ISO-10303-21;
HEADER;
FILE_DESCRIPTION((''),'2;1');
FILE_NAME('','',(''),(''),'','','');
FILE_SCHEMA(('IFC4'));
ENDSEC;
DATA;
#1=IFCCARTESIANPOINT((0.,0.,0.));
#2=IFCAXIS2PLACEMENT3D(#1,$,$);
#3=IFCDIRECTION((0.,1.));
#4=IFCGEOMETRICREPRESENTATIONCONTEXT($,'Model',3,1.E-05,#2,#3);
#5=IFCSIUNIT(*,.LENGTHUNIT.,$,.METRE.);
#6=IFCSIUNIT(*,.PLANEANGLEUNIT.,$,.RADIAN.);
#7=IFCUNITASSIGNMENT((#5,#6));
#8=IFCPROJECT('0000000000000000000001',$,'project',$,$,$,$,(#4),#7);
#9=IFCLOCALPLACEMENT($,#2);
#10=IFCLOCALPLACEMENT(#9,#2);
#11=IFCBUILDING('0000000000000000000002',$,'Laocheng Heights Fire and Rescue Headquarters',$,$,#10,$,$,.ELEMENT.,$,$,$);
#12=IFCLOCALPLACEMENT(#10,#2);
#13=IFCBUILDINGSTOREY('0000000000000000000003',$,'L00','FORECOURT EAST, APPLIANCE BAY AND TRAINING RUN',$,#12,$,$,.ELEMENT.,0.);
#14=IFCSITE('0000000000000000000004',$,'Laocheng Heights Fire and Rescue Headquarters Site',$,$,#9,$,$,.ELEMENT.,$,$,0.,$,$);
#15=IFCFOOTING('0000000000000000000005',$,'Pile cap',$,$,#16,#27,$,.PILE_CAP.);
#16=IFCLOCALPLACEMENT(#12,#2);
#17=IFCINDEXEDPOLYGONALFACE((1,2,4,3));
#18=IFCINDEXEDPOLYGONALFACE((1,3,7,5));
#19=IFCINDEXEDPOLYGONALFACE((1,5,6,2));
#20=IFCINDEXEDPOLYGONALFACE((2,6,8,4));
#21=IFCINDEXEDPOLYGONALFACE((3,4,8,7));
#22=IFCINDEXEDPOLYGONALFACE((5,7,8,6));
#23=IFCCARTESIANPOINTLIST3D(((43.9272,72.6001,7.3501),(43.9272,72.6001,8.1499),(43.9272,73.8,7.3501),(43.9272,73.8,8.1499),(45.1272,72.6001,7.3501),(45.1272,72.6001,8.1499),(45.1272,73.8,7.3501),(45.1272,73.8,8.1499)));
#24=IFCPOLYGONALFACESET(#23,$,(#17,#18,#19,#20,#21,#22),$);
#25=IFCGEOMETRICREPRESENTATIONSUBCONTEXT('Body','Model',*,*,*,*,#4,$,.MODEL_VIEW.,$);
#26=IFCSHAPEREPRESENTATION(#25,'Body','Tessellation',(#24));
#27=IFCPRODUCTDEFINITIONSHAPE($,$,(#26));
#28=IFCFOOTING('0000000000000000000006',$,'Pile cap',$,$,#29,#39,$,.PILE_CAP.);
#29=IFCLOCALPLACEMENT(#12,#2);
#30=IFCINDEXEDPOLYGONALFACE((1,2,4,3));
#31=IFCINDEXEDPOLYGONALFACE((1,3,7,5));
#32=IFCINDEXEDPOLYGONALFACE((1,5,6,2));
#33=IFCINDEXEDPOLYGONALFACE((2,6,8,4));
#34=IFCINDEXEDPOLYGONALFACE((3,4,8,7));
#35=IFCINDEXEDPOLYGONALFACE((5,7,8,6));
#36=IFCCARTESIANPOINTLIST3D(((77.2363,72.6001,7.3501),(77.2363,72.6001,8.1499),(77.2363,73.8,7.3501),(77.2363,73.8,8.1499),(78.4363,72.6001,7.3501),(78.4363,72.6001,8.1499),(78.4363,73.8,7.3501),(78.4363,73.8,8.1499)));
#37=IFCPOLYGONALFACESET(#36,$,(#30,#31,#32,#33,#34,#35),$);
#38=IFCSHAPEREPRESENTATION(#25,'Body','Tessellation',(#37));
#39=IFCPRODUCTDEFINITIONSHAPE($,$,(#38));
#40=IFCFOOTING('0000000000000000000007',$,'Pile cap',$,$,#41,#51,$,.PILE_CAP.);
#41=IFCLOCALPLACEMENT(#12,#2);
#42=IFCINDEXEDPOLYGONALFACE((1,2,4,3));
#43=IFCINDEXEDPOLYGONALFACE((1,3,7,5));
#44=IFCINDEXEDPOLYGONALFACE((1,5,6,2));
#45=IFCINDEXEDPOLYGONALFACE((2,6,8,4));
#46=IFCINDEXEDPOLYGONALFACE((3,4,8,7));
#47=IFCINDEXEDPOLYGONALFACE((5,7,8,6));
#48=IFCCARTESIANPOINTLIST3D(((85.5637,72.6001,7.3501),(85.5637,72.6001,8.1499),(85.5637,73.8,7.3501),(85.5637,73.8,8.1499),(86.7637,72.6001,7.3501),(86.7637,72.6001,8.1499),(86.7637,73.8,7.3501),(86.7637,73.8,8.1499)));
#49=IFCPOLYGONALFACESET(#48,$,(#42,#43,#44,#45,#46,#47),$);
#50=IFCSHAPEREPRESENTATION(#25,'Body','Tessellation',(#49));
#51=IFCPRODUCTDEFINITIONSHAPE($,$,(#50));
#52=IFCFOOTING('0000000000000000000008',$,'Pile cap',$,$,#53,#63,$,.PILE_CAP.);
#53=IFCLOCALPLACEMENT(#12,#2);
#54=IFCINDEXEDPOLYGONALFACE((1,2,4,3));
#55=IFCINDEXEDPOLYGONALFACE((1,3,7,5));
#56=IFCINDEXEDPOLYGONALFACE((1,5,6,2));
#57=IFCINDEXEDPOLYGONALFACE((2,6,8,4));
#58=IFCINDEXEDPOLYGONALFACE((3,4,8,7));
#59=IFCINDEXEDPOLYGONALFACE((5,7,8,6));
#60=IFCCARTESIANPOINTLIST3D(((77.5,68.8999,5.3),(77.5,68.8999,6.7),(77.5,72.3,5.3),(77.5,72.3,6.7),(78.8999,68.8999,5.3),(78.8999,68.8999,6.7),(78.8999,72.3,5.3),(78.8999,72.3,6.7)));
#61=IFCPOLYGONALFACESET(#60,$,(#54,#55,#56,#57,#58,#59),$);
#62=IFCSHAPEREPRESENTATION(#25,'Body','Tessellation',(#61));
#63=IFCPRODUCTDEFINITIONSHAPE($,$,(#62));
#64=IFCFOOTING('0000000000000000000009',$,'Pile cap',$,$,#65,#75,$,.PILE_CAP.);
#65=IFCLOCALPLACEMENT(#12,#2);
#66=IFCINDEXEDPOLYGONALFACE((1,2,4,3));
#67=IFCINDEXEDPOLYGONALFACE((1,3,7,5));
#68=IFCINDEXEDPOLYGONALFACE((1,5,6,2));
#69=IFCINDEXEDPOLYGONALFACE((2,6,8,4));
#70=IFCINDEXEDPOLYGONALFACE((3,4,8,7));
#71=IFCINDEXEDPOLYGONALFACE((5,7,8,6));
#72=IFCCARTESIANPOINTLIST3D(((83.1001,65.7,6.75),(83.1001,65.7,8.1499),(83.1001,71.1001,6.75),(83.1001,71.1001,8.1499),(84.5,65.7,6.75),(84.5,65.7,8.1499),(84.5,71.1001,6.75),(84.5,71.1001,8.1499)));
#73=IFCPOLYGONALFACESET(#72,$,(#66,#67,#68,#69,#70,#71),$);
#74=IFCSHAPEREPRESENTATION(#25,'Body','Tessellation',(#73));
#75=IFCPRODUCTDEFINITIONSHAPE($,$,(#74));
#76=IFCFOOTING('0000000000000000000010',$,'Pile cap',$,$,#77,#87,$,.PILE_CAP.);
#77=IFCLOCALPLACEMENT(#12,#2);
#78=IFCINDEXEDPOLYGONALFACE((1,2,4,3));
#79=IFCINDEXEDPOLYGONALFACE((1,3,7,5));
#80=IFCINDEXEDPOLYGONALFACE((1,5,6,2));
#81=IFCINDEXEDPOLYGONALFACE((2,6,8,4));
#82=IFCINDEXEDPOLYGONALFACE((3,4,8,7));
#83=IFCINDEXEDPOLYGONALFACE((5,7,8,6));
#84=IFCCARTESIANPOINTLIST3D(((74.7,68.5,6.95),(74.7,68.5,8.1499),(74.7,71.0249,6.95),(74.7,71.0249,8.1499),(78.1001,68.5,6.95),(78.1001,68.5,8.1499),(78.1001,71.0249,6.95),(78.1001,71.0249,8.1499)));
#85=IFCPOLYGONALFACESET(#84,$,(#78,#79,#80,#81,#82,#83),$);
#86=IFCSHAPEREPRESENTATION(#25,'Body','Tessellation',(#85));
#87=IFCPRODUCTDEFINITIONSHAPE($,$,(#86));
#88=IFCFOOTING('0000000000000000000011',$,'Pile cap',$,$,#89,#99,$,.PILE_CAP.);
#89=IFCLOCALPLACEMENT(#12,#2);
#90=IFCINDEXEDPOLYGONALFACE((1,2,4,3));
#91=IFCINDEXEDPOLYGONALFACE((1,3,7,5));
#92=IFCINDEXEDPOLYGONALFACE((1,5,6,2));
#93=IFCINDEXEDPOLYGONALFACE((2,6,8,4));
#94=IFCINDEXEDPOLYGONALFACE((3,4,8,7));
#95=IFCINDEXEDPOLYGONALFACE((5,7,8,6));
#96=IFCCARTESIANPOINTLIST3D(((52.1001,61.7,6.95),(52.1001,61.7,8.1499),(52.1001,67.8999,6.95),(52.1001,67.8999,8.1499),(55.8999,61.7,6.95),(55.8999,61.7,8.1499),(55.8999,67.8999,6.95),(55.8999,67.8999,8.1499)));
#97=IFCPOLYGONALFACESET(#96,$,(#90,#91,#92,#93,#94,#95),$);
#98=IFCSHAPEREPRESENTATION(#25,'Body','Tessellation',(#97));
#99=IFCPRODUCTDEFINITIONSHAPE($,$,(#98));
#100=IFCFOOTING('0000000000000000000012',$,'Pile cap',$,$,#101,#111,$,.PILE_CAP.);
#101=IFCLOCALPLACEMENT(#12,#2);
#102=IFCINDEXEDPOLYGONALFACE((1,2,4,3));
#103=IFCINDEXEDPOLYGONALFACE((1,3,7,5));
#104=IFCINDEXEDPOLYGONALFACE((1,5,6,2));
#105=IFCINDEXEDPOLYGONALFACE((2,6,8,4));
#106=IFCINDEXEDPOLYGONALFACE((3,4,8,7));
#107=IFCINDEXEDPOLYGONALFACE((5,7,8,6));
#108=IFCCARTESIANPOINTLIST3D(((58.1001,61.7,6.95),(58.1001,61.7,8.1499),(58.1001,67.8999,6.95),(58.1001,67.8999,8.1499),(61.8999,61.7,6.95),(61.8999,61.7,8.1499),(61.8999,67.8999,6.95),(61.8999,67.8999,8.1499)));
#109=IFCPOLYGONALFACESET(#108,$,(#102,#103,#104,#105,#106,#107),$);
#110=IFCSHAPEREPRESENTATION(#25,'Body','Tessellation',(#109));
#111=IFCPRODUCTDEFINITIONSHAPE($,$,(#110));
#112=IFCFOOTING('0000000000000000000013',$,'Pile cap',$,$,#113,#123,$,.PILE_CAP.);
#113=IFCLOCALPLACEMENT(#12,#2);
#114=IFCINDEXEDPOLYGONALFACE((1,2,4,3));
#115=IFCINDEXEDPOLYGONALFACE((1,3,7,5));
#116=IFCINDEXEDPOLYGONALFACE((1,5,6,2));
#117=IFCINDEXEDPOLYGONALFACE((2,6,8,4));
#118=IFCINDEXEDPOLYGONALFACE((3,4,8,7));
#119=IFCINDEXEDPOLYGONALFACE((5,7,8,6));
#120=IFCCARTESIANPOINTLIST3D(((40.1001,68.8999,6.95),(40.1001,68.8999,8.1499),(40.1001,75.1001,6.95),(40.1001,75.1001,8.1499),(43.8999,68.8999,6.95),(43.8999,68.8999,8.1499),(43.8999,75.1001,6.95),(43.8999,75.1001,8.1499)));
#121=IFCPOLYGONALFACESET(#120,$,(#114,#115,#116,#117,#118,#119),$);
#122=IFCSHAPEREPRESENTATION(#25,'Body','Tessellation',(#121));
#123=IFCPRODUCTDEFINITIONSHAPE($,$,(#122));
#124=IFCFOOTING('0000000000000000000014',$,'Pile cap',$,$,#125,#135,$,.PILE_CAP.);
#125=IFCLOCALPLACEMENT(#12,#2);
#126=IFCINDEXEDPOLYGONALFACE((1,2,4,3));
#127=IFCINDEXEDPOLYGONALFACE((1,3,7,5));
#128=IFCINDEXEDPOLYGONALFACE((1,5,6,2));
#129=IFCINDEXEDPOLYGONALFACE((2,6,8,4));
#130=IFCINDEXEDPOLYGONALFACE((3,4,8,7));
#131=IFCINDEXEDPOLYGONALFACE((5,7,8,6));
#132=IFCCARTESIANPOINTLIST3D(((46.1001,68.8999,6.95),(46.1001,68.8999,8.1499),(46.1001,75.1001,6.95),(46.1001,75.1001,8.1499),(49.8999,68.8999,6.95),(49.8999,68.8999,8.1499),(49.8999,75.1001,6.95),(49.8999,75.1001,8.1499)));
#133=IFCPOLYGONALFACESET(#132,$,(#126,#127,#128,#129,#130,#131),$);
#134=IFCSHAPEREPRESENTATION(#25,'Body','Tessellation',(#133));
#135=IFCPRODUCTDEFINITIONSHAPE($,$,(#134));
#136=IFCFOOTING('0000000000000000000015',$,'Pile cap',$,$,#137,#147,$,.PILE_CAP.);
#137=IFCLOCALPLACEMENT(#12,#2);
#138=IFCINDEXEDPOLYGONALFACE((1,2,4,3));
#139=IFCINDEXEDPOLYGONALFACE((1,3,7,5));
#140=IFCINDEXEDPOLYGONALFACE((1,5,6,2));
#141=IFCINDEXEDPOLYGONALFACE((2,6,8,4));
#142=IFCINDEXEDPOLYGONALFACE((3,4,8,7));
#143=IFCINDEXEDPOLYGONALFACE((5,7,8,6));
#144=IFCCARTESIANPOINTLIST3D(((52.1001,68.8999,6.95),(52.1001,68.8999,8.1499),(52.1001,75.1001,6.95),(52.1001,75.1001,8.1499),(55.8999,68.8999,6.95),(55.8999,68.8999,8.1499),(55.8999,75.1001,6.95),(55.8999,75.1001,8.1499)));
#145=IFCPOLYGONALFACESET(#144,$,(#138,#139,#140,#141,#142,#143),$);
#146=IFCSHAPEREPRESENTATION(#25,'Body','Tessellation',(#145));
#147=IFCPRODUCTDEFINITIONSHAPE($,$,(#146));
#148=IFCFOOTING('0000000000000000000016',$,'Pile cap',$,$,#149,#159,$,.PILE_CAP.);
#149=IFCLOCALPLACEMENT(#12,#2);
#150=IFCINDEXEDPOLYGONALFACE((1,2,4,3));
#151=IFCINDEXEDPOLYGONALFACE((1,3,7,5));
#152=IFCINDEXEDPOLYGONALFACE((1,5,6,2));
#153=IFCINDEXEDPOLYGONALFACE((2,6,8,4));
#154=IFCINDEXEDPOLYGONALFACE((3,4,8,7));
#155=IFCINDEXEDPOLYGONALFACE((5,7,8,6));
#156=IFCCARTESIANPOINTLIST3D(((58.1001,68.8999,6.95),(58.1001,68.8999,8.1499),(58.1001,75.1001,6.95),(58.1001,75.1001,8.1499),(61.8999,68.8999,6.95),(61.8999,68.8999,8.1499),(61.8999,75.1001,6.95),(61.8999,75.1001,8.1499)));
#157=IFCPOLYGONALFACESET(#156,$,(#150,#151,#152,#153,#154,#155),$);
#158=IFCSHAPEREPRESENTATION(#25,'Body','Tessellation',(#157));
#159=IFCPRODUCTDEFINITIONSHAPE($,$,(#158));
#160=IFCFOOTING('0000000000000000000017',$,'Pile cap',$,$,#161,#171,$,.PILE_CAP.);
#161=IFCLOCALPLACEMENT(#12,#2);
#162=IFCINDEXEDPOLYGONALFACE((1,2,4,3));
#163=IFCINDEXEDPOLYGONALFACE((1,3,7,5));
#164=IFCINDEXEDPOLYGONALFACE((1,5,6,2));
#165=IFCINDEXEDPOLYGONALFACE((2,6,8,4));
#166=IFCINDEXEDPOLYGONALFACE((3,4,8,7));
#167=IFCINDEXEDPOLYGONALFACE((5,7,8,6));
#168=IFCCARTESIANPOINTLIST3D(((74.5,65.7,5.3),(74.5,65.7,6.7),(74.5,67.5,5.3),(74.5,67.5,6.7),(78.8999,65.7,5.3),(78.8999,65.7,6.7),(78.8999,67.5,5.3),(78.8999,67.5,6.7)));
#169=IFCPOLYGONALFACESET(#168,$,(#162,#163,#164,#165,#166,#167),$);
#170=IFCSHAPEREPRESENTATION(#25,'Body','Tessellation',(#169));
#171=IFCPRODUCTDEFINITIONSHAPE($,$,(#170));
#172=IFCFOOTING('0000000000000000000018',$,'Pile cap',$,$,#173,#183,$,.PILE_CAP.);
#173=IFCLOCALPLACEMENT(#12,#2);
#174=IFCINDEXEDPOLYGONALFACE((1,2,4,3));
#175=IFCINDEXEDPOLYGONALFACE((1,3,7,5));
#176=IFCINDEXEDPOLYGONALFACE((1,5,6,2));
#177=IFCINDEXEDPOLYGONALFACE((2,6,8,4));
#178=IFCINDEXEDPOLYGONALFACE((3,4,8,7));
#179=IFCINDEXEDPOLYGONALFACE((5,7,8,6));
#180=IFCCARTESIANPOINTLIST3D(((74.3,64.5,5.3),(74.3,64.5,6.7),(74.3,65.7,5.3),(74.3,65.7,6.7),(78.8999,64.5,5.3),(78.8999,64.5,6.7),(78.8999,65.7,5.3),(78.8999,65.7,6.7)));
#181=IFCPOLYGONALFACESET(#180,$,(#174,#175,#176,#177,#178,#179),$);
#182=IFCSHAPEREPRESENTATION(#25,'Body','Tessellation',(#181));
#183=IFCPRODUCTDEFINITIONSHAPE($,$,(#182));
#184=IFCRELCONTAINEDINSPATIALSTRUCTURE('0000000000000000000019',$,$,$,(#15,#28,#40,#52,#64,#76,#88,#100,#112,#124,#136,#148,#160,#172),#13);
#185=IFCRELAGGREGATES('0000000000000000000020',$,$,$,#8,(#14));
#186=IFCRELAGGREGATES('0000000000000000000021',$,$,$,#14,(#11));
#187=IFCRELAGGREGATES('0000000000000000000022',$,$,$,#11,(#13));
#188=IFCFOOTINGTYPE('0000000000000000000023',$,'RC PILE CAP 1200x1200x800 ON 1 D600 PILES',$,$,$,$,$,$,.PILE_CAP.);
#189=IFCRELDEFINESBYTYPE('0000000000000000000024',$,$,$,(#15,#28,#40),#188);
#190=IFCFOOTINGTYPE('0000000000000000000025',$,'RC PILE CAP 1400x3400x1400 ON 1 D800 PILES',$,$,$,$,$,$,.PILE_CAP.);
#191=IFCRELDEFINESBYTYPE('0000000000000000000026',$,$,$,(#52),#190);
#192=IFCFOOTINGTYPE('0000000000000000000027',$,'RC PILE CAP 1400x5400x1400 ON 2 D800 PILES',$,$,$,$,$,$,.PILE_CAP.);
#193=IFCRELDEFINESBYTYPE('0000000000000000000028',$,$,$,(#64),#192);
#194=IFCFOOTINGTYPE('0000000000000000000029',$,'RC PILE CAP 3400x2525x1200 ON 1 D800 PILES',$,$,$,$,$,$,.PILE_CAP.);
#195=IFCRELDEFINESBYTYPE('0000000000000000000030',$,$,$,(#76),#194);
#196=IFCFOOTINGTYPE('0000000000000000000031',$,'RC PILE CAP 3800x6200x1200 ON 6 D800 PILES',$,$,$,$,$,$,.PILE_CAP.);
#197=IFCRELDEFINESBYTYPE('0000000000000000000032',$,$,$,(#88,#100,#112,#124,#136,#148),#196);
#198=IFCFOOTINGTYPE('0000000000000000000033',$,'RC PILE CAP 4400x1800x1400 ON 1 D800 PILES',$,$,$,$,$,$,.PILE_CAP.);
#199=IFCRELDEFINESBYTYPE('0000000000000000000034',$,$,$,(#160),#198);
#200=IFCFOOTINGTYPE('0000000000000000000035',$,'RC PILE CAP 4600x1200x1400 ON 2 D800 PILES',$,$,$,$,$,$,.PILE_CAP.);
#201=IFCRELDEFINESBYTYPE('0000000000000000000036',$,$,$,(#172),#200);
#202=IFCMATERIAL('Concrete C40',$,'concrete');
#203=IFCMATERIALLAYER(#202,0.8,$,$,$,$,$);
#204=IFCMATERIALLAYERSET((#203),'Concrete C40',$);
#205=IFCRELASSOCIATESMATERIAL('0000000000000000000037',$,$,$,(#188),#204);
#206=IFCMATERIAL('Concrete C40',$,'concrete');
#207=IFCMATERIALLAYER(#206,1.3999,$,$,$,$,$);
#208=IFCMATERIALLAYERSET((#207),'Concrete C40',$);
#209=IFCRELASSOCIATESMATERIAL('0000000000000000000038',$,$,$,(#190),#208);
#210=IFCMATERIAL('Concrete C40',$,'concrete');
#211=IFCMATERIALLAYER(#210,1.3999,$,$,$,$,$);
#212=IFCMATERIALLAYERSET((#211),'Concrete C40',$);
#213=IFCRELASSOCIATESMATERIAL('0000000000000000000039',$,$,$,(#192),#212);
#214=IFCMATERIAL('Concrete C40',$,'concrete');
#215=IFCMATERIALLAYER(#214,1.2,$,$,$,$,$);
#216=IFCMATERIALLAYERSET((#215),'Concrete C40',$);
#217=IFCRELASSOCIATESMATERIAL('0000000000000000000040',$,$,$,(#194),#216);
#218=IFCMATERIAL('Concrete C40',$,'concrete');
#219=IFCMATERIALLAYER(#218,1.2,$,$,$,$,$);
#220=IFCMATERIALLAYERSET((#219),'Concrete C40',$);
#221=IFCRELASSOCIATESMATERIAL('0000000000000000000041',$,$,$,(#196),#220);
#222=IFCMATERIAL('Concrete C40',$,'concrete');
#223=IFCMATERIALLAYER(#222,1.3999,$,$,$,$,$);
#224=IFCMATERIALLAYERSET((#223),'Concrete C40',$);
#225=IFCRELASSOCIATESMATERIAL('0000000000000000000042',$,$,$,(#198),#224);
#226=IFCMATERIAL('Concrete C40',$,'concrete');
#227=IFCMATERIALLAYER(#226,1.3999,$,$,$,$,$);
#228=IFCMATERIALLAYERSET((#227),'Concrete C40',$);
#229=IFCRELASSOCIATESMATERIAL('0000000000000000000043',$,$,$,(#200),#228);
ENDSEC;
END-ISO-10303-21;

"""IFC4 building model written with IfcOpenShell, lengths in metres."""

from ifc_helpers import new_model, si_unit, direction, frame, origin, place, context, subcontext, project, spatial, polyline, outline, extrude, material, layer, layer_set, type_object, element, save


model = new_model("IFC4")

# Units and contexts
model_context = context("Model", 3, precision=1e-05, world=origin(), true_north=direction((0.0, 1.0)))
body_context = subcontext(model_context, "Body", "Model", "MODEL_VIEW")
ifc_project = project(units=[si_unit("LENGTHUNIT", "METRE"), si_unit("PLANEANGLEUNIT", "RADIAN")], contexts=[model_context])

# Site, building, storey
site_placement = place(None, origin())
site = spatial("IfcSite", under=ifc_project, at=site_placement, Name="Laocheng Heights Fire and Rescue Headquarters Site", CompositionType="ELEMENT", RefElevation=0.0)
building_placement = place(site_placement, origin())
building = spatial("IfcBuilding", under=site, at=building_placement, Name="Laocheng Heights Fire and Rescue Headquarters", CompositionType="ELEMENT")
storey_placement = place(building_placement, origin())
storey = spatial("IfcBuildingStorey", under=building, at=storey_placement, Name="L00", Description="FORECOURT EAST, APPLIANCE BAY AND TRAINING RUN", CompositionType="ELEMENT", Elevation=0.0)

# Footings
ifc_material_1 = material(Name="Concrete C40", Category="concrete")
ifc_layer_1 = layer(ifc_material_1, 0.8)
ifc_layer_set_1 = layer_set([ifc_layer_1], Name="Concrete C40")
footing_type_1 = type_object("IfcFootingType", Name="RC PILE CAP 1200x1200x800 ON 1 D600 PILES", PredefinedType="PILE_CAP", material=ifc_layer_set_1)
footing_1_placement = place(storey_placement, frame((0.0, 0.0, 7.3501)))
element("IfcFooting", 1, at=footing_1_placement, inside=storey, type_object=footing_type_1, Name="Pile cap", PredefinedType="PILE_CAP", context=body_context, shape_type="SweptSolid", body=[
    extrude(outline(polyline([(43.9272, 72.6001), (45.1272, 72.6001), (45.1272, 73.8), (43.9272, 73.8), (43.9272, 72.6001)])), origin(), (0.0, 0.0, 1.0), 0.7998),
])
footing_2_placement = place(storey_placement, frame((0.0, 0.0, 7.3501)))
element("IfcFooting", 2, at=footing_2_placement, inside=storey, type_object=footing_type_1, Name="Pile cap", PredefinedType="PILE_CAP", context=body_context, shape_type="SweptSolid", body=[
    extrude(outline(polyline([(77.2363, 72.6001), (78.4363, 72.6001), (78.4363, 73.8), (77.2363, 73.8), (77.2363, 72.6001)])), origin(), (0.0, 0.0, 1.0), 0.7998),
])
footing_3_placement = place(storey_placement, frame((0.0, 0.0, 7.3501)))
element("IfcFooting", 3, at=footing_3_placement, inside=storey, type_object=footing_type_1, Name="Pile cap", PredefinedType="PILE_CAP", context=body_context, shape_type="SweptSolid", body=[
    extrude(outline(polyline([(85.5637, 72.6001), (86.7637, 72.6001), (86.7637, 73.8), (85.5637, 73.8), (85.5637, 72.6001)])), origin(), (0.0, 0.0, 1.0), 0.7998),
])
ifc_material_2 = material(Name="Concrete C40", Category="concrete")
ifc_layer_2 = layer(ifc_material_2, 1.3999)
ifc_layer_set_2 = layer_set([ifc_layer_2], Name="Concrete C40")
footing_type_2 = type_object("IfcFootingType", Name="RC PILE CAP 1400x3400x1400 ON 1 D800 PILES", PredefinedType="PILE_CAP", material=ifc_layer_set_2)
footing_4_placement = place(storey_placement, frame((0.0, 0.0, 5.3)))
element("IfcFooting", 4, at=footing_4_placement, inside=storey, type_object=footing_type_2, Name="Pile cap", PredefinedType="PILE_CAP", context=body_context, shape_type="SweptSolid", body=[
    extrude(outline(polyline([(78.8999, 68.8999), (78.8999, 72.3), (77.5, 72.3), (77.5, 68.8999), (78.8999, 68.8999)])), origin(), (0.0, 0.0, 1.0), 1.3999),
])
ifc_material_3 = material(Name="Concrete C40", Category="concrete")
ifc_layer_3 = layer(ifc_material_3, 1.3999)
ifc_layer_set_3 = layer_set([ifc_layer_3], Name="Concrete C40")
footing_type_3 = type_object("IfcFootingType", Name="RC PILE CAP 1400x5400x1400 ON 2 D800 PILES", PredefinedType="PILE_CAP", material=ifc_layer_set_3)
footing_5_placement = place(storey_placement, frame((0.0, 0.0, 6.75)))
element("IfcFooting", 5, at=footing_5_placement, inside=storey, type_object=footing_type_3, Name="Pile cap", PredefinedType="PILE_CAP", context=body_context, shape_type="SweptSolid", body=[
    extrude(outline(polyline([(84.5, 65.7), (84.5, 71.1001), (83.1001, 71.1001), (83.1001, 65.7), (84.5, 65.7)])), origin(), (0.0, 0.0, 1.0), 1.3999),
])
ifc_material_4 = material(Name="Concrete C40", Category="concrete")
ifc_layer_4 = layer(ifc_material_4, 1.2)
ifc_layer_set_4 = layer_set([ifc_layer_4], Name="Concrete C40")
footing_type_4 = type_object("IfcFootingType", Name="RC PILE CAP 3400x2525x1200 ON 1 D800 PILES", PredefinedType="PILE_CAP", material=ifc_layer_set_4)
footing_6_placement = place(storey_placement, frame((0.0, 0.0, 6.95)))
element("IfcFooting", 6, at=footing_6_placement, inside=storey, type_object=footing_type_4, Name="Pile cap", PredefinedType="PILE_CAP", context=body_context, shape_type="SweptSolid", body=[
    extrude(outline(polyline([(74.7, 68.5), (78.1001, 68.5), (78.1001, 71.0249), (74.7, 71.0249), (74.7, 68.5)])), origin(), (0.0, 0.0, 1.0), 1.2),
])
ifc_material_5 = material(Name="Concrete C40", Category="concrete")
ifc_layer_5 = layer(ifc_material_5, 1.2)
ifc_layer_set_5 = layer_set([ifc_layer_5], Name="Concrete C40")
footing_type_5 = type_object("IfcFootingType", Name="RC PILE CAP 3800x6200x1200 ON 6 D800 PILES", PredefinedType="PILE_CAP", material=ifc_layer_set_5)
footing_7_placement = place(storey_placement, frame((0.0, 0.0, 6.95)))
element("IfcFooting", 7, at=footing_7_placement, inside=storey, type_object=footing_type_5, Name="Pile cap", PredefinedType="PILE_CAP", context=body_context, shape_type="SweptSolid", body=[
    extrude(outline(polyline([(55.8999, 67.8999), (52.1001, 67.8999), (52.1001, 61.7), (55.8999, 61.7), (55.8999, 67.8999)])), origin(), (0.0, 0.0, 1.0), 1.2),
])
footing_8_placement = place(storey_placement, frame((0.0, 0.0, 6.95)))
element("IfcFooting", 8, at=footing_8_placement, inside=storey, type_object=footing_type_5, Name="Pile cap", PredefinedType="PILE_CAP", context=body_context, shape_type="SweptSolid", body=[
    extrude(outline(polyline([(61.8999, 67.8999), (58.1001, 67.8999), (58.1001, 61.7), (61.8999, 61.7), (61.8999, 67.8999)])), origin(), (0.0, 0.0, 1.0), 1.2),
])
footing_9_placement = place(storey_placement, frame((0.0, 0.0, 6.95)))
element("IfcFooting", 9, at=footing_9_placement, inside=storey, type_object=footing_type_5, Name="Pile cap", PredefinedType="PILE_CAP", context=body_context, shape_type="SweptSolid", body=[
    extrude(outline(polyline([(43.8999, 75.1001), (40.1001, 75.1001), (40.1001, 68.8999), (43.8999, 68.8999), (43.8999, 75.1001)])), origin(), (0.0, 0.0, 1.0), 1.2),
])
footing_10_placement = place(storey_placement, frame((0.0, 0.0, 6.95)))
element("IfcFooting", 10, at=footing_10_placement, inside=storey, type_object=footing_type_5, Name="Pile cap", PredefinedType="PILE_CAP", context=body_context, shape_type="SweptSolid", body=[
    extrude(outline(polyline([(49.8999, 75.1001), (46.1001, 75.1001), (46.1001, 68.8999), (49.8999, 68.8999), (49.8999, 75.1001)])), origin(), (0.0, 0.0, 1.0), 1.2),
])
footing_11_placement = place(storey_placement, frame((0.0, 0.0, 6.95)))
element("IfcFooting", 11, at=footing_11_placement, inside=storey, type_object=footing_type_5, Name="Pile cap", PredefinedType="PILE_CAP", context=body_context, shape_type="SweptSolid", body=[
    extrude(outline(polyline([(55.8999, 68.8999), (55.8999, 75.1001), (52.1001, 75.1001), (52.1001, 68.8999), (55.8999, 68.8999)])), origin(), (0.0, 0.0, 1.0), 1.2),
])
footing_12_placement = place(storey_placement, frame((0.0, 0.0, 6.95)))
element("IfcFooting", 12, at=footing_12_placement, inside=storey, type_object=footing_type_5, Name="Pile cap", PredefinedType="PILE_CAP", context=body_context, shape_type="SweptSolid", body=[
    extrude(outline(polyline([(61.8999, 68.8999), (61.8999, 75.1001), (58.1001, 75.1001), (58.1001, 68.8999), (61.8999, 68.8999)])), origin(), (0.0, 0.0, 1.0), 1.2),
])
ifc_material_6 = material(Name="Concrete C40", Category="concrete")
ifc_layer_6 = layer(ifc_material_6, 1.3999)
ifc_layer_set_6 = layer_set([ifc_layer_6], Name="Concrete C40")
footing_type_6 = type_object("IfcFootingType", Name="RC PILE CAP 4400x1800x1400 ON 1 D800 PILES", PredefinedType="PILE_CAP", material=ifc_layer_set_6)
footing_13_placement = place(storey_placement, frame((0.0, 0.0, 5.3)))
element("IfcFooting", 13, at=footing_13_placement, inside=storey, type_object=footing_type_6, Name="Pile cap", PredefinedType="PILE_CAP", context=body_context, shape_type="SweptSolid", body=[
    extrude(outline(polyline([(78.8999, 65.7), (78.8999, 67.5), (74.5, 67.5), (74.5, 65.7), (78.8999, 65.7)])), origin(), (0.0, 0.0, 1.0), 1.3999),
])
ifc_material_7 = material(Name="Concrete C40", Category="concrete")
ifc_layer_7 = layer(ifc_material_7, 1.3999)
ifc_layer_set_7 = layer_set([ifc_layer_7], Name="Concrete C40")
footing_type_7 = type_object("IfcFootingType", Name="RC PILE CAP 4600x1200x1400 ON 2 D800 PILES", PredefinedType="PILE_CAP", material=ifc_layer_set_7)
footing_14_placement = place(storey_placement, frame((0.0, 0.0, 5.3)))
element("IfcFooting", 14, at=footing_14_placement, inside=storey, type_object=footing_type_7, Name="Pile cap", PredefinedType="PILE_CAP", context=body_context, shape_type="SweptSolid", body=[
    extrude(outline(polyline([(78.8999, 64.5), (78.8999, 65.7), (74.3, 65.7), (74.3, 64.5), (78.8999, 64.5)])), origin(), (0.0, 0.0, 1.0), 1.3999),
])

save(model, "model.ifc")
